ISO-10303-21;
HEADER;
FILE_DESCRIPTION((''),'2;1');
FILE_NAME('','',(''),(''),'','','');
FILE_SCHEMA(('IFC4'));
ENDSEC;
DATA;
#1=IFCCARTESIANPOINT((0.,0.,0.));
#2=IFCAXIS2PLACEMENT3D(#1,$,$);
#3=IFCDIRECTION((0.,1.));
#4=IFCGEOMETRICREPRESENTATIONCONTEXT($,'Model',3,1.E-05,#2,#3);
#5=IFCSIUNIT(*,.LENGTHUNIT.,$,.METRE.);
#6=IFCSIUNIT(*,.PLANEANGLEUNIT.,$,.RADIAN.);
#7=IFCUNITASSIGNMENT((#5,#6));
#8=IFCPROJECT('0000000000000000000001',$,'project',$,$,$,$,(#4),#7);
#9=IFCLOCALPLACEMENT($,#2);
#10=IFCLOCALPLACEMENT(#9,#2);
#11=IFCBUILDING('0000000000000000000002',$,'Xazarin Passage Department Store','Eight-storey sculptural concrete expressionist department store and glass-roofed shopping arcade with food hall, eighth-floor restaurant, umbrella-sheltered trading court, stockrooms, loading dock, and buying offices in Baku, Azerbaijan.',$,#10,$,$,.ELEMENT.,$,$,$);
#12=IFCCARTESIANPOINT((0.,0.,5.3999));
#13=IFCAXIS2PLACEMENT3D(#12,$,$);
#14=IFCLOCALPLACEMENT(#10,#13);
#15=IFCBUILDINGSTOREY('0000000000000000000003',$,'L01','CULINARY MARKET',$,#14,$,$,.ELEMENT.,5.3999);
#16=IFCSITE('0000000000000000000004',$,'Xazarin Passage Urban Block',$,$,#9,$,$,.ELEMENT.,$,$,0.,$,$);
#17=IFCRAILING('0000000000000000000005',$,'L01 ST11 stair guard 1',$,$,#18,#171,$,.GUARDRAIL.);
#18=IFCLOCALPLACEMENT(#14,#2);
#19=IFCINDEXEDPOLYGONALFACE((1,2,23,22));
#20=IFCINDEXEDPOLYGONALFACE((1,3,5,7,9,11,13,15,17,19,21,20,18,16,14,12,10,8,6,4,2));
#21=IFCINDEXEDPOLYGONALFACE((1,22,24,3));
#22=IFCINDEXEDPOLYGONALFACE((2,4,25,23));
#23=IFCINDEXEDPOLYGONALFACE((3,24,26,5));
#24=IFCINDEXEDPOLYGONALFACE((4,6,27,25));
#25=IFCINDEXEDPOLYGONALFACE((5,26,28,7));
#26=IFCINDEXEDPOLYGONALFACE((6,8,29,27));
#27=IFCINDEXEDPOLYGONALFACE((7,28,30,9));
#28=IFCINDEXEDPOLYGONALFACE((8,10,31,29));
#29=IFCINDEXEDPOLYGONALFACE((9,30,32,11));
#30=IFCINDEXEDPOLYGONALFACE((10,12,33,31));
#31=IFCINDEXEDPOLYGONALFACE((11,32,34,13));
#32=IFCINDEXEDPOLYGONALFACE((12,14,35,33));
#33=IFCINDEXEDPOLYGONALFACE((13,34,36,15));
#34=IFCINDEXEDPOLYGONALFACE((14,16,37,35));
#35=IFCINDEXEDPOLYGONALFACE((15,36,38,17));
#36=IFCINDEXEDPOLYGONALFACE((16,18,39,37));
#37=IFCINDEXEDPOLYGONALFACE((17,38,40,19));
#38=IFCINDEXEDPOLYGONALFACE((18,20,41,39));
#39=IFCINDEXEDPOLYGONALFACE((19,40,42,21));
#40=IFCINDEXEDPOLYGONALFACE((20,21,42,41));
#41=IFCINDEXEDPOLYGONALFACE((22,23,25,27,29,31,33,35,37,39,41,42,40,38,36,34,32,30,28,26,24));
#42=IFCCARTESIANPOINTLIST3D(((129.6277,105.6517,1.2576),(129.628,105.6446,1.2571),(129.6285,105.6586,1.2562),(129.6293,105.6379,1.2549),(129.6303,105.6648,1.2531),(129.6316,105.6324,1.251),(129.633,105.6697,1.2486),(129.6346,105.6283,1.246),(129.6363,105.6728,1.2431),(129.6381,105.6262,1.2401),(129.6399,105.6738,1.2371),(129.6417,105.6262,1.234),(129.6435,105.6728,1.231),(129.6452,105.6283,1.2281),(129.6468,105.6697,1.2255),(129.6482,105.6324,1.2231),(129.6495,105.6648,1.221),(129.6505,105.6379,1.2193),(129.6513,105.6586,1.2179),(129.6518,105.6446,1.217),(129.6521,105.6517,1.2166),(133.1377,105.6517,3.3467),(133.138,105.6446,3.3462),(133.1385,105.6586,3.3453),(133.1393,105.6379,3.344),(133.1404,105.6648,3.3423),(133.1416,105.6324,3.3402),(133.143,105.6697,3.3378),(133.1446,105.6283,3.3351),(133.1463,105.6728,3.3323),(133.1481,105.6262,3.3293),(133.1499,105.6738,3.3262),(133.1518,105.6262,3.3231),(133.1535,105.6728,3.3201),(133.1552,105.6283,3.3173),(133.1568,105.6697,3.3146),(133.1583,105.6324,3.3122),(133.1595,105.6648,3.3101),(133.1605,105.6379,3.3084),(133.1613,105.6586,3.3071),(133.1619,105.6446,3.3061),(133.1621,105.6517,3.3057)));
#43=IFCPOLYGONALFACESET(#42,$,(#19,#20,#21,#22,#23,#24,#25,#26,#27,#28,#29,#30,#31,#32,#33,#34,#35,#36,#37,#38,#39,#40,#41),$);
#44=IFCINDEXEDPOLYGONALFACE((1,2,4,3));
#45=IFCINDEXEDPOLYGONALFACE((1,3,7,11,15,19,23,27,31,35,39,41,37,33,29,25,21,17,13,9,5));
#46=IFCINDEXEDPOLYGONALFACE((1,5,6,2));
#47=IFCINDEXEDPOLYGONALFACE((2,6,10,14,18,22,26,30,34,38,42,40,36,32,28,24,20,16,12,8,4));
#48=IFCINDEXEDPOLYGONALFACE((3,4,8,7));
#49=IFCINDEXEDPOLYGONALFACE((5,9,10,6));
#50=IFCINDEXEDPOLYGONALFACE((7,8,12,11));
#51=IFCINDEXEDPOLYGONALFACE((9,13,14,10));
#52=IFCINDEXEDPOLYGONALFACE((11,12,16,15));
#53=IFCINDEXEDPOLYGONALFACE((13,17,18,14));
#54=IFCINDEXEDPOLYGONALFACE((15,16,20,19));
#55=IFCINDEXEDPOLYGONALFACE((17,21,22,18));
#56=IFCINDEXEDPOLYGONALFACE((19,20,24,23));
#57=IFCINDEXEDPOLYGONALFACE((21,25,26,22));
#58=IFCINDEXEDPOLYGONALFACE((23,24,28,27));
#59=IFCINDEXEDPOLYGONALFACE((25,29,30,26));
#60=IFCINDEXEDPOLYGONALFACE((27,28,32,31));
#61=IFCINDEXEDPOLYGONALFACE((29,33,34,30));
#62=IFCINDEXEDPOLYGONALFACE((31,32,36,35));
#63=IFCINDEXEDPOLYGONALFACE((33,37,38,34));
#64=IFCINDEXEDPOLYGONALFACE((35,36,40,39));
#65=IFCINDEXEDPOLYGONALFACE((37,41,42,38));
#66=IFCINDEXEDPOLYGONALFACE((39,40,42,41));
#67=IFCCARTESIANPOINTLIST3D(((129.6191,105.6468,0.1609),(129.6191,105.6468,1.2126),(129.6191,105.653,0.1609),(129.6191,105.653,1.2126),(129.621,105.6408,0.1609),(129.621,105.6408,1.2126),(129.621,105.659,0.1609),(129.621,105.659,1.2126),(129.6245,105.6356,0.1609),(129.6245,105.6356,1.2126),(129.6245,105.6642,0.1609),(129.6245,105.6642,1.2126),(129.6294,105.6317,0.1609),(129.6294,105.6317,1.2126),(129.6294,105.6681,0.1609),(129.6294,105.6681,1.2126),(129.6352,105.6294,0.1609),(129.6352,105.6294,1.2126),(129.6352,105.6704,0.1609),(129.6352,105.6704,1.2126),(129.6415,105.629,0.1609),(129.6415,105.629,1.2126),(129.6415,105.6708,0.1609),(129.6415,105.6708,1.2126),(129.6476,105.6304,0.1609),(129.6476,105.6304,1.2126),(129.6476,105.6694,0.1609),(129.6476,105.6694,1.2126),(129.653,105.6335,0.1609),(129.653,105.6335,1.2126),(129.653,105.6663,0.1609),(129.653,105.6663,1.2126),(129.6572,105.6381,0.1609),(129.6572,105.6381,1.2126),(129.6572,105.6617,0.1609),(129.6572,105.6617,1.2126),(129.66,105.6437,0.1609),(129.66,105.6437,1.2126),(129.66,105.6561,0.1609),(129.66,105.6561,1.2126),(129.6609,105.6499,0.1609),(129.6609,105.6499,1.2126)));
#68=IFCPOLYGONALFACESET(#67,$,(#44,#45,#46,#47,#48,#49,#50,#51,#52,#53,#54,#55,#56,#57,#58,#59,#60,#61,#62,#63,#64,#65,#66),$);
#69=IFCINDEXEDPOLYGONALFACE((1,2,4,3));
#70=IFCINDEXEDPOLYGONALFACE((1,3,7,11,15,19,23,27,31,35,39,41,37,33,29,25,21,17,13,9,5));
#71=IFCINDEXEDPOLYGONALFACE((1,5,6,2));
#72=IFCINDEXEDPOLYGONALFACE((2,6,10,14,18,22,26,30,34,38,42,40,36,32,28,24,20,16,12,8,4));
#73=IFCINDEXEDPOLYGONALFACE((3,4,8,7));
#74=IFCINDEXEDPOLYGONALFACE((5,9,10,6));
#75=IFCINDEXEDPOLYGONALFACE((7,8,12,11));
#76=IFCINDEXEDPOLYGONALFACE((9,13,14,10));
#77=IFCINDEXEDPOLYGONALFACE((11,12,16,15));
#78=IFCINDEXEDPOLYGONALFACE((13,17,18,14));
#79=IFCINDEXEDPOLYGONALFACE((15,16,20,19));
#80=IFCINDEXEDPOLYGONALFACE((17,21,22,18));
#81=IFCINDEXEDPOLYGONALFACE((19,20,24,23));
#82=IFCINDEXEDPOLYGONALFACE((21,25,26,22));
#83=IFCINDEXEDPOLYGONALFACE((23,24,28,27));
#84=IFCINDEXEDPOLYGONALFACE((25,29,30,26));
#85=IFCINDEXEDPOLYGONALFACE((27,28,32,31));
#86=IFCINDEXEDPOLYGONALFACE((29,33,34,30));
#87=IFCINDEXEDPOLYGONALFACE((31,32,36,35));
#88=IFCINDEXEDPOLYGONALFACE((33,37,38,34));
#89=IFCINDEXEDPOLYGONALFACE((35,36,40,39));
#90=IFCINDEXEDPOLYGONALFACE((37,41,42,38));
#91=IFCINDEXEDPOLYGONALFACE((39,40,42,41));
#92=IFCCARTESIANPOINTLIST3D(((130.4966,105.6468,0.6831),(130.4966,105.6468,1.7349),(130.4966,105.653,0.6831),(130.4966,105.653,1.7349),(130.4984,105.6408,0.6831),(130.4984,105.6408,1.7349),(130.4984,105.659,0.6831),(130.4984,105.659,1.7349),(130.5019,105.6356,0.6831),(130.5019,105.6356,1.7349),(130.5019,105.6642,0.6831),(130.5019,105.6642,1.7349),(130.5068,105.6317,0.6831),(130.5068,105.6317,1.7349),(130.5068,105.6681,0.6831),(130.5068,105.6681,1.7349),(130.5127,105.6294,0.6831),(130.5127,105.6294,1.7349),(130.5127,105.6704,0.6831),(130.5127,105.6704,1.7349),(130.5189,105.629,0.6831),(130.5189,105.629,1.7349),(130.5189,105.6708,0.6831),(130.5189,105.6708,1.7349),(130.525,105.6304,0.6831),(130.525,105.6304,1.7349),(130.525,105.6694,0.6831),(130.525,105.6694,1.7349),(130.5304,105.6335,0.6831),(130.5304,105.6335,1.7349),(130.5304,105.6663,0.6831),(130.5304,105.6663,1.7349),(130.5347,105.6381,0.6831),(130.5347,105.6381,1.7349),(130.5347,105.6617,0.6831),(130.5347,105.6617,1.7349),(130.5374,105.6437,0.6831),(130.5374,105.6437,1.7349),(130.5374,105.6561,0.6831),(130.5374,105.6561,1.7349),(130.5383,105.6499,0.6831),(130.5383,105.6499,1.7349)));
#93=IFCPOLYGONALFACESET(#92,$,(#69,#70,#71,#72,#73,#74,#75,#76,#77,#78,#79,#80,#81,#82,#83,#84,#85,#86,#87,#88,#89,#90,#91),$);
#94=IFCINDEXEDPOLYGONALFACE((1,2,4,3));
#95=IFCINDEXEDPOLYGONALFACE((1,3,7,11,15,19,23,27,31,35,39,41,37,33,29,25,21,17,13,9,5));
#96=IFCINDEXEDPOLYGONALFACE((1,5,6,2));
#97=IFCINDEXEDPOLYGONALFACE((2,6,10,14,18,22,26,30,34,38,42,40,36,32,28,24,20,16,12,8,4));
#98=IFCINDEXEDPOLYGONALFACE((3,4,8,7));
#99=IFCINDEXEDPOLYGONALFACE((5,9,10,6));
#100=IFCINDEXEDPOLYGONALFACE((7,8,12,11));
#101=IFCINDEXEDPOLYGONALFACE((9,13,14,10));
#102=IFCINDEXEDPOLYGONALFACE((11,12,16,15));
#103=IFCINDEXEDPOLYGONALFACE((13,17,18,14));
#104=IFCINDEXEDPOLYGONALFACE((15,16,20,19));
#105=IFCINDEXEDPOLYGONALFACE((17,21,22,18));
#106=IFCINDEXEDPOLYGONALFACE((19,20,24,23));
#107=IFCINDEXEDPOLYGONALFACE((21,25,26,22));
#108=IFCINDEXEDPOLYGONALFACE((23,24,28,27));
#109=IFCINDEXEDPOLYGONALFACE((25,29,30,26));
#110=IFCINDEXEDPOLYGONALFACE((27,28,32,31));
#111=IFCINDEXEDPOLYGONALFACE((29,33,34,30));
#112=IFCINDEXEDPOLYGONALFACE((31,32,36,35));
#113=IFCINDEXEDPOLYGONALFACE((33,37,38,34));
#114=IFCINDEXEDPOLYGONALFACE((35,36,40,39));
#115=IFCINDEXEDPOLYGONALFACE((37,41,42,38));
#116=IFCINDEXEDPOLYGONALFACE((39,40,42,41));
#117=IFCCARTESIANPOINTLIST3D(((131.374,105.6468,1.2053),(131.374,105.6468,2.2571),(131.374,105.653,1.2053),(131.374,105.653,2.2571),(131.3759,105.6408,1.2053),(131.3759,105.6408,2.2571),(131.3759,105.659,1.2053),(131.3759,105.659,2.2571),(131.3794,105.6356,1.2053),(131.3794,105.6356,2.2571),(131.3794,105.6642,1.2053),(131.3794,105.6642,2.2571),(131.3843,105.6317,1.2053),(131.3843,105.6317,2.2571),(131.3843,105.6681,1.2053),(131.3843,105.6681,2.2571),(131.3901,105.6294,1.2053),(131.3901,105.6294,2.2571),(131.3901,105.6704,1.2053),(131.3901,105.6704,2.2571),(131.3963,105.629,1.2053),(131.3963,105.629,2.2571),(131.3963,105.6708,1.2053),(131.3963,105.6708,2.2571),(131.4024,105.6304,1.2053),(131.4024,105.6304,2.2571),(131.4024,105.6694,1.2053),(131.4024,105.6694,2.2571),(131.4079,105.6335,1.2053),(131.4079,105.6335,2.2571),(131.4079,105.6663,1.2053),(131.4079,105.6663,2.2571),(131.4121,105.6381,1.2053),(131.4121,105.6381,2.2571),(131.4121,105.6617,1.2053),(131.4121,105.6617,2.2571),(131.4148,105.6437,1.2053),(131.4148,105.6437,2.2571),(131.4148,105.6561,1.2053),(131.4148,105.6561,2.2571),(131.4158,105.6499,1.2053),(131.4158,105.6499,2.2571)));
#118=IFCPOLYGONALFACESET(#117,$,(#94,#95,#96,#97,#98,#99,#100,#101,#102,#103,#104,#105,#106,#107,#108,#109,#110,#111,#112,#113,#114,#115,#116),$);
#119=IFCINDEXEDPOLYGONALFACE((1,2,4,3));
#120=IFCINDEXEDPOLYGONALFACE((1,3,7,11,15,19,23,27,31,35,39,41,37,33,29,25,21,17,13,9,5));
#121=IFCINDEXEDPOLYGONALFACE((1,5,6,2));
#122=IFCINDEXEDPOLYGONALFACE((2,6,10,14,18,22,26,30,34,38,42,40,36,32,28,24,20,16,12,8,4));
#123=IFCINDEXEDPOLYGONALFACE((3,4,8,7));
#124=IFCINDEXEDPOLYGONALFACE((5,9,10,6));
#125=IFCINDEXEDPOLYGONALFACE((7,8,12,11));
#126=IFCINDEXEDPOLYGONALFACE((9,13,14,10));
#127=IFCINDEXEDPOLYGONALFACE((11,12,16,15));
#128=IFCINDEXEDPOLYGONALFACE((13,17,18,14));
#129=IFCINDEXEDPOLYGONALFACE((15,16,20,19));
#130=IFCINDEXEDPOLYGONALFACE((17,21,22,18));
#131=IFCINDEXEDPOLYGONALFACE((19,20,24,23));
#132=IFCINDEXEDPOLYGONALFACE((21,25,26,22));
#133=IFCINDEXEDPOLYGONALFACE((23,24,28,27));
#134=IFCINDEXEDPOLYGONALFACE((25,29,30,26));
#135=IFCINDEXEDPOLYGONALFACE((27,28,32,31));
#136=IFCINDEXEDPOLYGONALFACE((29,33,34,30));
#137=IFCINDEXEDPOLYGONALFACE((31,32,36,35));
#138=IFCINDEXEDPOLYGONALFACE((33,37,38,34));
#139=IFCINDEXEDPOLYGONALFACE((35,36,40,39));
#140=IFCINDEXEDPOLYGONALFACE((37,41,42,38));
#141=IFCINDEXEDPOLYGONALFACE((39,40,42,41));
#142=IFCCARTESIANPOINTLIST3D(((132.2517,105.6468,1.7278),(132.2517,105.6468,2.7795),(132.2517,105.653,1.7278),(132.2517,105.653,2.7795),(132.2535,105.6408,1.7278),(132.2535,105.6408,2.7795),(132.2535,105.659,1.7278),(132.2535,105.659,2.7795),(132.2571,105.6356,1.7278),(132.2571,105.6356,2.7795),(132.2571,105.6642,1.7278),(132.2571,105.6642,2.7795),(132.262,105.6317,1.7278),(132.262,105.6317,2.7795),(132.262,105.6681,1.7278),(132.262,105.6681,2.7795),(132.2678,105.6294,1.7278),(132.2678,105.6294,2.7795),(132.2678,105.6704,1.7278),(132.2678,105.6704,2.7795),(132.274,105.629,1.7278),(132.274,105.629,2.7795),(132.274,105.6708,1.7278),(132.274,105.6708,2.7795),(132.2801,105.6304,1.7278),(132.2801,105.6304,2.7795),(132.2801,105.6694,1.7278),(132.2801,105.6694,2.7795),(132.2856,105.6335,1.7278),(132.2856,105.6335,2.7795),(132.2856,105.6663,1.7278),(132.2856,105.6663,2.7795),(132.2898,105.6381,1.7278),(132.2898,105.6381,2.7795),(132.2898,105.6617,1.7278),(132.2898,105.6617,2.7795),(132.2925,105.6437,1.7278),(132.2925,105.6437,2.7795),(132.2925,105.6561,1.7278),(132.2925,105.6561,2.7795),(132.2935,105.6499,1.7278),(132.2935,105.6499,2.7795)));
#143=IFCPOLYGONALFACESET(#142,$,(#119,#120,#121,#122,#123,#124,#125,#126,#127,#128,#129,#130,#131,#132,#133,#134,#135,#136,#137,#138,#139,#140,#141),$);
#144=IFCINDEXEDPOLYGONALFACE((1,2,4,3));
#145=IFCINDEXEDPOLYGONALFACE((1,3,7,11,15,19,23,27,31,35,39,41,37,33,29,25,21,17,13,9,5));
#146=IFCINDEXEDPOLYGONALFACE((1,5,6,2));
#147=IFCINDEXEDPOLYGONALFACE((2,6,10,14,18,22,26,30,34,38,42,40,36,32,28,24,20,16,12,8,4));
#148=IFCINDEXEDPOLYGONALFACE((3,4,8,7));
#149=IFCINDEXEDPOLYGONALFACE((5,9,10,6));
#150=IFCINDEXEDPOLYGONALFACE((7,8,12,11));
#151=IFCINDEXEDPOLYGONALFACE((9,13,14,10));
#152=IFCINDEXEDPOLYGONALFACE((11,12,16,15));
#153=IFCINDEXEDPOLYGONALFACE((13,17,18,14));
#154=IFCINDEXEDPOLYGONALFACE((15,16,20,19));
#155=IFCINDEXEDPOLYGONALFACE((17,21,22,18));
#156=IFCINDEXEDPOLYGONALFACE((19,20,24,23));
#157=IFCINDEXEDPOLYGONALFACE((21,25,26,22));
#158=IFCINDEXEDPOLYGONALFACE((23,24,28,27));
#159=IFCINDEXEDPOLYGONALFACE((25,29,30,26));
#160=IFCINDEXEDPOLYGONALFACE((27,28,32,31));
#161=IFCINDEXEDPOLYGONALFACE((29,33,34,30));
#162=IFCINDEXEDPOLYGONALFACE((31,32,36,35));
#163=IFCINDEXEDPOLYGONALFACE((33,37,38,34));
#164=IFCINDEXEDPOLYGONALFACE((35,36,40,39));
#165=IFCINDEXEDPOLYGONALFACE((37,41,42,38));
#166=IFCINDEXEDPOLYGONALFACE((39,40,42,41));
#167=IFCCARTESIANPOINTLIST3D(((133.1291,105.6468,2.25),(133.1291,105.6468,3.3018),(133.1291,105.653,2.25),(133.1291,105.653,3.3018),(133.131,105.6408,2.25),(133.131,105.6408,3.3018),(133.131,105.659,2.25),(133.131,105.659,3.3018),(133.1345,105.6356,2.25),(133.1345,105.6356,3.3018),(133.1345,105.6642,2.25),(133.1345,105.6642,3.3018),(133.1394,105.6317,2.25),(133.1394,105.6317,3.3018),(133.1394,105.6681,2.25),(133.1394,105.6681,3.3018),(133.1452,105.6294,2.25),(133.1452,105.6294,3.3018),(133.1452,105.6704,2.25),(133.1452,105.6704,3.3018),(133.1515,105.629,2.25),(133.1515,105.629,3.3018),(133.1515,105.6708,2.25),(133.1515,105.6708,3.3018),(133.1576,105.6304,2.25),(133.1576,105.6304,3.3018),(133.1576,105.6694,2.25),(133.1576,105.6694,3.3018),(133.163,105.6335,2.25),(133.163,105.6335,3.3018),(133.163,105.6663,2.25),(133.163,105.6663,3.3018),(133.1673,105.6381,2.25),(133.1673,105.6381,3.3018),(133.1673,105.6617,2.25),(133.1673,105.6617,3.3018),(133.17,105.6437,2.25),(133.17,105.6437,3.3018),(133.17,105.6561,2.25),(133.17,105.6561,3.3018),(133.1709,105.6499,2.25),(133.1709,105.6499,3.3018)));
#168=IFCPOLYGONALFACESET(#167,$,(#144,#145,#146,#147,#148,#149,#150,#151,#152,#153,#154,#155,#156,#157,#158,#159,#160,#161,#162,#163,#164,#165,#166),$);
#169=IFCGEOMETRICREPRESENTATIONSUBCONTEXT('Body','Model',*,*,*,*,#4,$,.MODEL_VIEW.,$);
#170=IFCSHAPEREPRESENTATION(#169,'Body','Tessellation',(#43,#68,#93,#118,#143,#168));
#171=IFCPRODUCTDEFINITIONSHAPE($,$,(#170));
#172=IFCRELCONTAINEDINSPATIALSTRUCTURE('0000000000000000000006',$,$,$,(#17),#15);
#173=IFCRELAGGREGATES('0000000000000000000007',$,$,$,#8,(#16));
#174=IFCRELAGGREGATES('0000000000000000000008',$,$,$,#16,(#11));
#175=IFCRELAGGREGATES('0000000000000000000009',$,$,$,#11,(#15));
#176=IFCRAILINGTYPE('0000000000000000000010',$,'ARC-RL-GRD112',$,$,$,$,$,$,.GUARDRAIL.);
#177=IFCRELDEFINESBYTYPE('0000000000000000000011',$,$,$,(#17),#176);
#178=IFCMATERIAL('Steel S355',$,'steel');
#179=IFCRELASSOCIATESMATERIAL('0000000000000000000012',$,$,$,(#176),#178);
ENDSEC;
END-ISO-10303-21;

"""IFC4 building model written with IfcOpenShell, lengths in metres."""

from ifc_helpers import new_model, si_unit, direction, frame, origin, origin_2d, place, context, subcontext, project, spatial, circle, extrude, material, type_object, element, save


model = new_model("IFC4")

# Units and contexts
model_context = context("Model", 3, precision=1e-05, world=origin(), true_north=direction((0.0, 1.0)))
body_context = subcontext(model_context, "Body", "Model", "MODEL_VIEW")
ifc_project = project(units=[si_unit("LENGTHUNIT", "METRE"), si_unit("PLANEANGLEUNIT", "RADIAN")], contexts=[model_context])

# Site, building, storey
site_placement = place(None, origin())
site = spatial("IfcSite", under=ifc_project, at=site_placement, Name="Xazarin Passage Urban Block", CompositionType="ELEMENT", RefElevation=0.0)
building_placement = place(site_placement, origin())
building = spatial("IfcBuilding", under=site, at=building_placement, Name="Xazarin Passage Department Store", Description="Eight-storey sculptural concrete expressionist department store and glass-roofed shopping arcade with food hall, eighth-floor restaurant, umbrella-sheltered trading court, stockrooms, loading dock, and buying offices in Baku, Azerbaijan.", CompositionType="ELEMENT")
storey_placement = place(building_placement, frame((0.0, 0.0, 5.3999)))
storey = spatial("IfcBuildingStorey", under=building, at=storey_placement, Name="L01", Description="CULINARY MARKET", CompositionType="ELEMENT", Elevation=5.3999)

# Shared definitions
ifc_material_1 = material(Name="Steel S355", Category="steel")

# Railing
railing_type_1 = type_object("IfcRailingType", Name="ARC-RL-GRD112", PredefinedType="GUARDRAIL", material=ifc_material_1)
railing_1_placement = place(storey_placement, frame((129.6399, 105.6499, 0.1609)))
element("IfcRailing", 1, at=railing_1_placement, inside=storey, type_object=railing_type_1, Name="L01 ST11 stair guard 1", PredefinedType="GUARDRAIL", context=body_context, shape_type="SweptSolid", body=[
    extrude(circle(Radius=0.0239, at=origin_2d()), frame((0.0, 0.0, 1.0762), z_axis=(0.859312, 0.0, 0.511451), x_axis=(0.0, 1.0, 0.0)), (0.0, 0.0, 1.0), 4.0847),
    extrude(circle(Radius=0.021, at=origin_2d()), origin(), (0.0, 0.0, 1.0), 1.0518),
    extrude(circle(Radius=0.021, at=origin_2d()), frame((0.8774, 0.0, 0.5222)), (0.0, 0.0, 1.0), 1.0518),
    extrude(circle(Radius=0.021, at=origin_2d()), frame((1.7549, 0.0, 1.0444)), (0.0, 0.0, 1.0), 1.0518),
    extrude(circle(Radius=0.021, at=origin_2d()), frame((2.6326, 0.0, 1.5669)), (0.0, 0.0, 1.0), 1.0518),
    extrude(circle(Radius=0.021, at=origin_2d()), frame((3.51, 0.0, 2.0891)), (0.0, 0.0, 1.0), 1.0518),
])

save(model, "model.ifc")
